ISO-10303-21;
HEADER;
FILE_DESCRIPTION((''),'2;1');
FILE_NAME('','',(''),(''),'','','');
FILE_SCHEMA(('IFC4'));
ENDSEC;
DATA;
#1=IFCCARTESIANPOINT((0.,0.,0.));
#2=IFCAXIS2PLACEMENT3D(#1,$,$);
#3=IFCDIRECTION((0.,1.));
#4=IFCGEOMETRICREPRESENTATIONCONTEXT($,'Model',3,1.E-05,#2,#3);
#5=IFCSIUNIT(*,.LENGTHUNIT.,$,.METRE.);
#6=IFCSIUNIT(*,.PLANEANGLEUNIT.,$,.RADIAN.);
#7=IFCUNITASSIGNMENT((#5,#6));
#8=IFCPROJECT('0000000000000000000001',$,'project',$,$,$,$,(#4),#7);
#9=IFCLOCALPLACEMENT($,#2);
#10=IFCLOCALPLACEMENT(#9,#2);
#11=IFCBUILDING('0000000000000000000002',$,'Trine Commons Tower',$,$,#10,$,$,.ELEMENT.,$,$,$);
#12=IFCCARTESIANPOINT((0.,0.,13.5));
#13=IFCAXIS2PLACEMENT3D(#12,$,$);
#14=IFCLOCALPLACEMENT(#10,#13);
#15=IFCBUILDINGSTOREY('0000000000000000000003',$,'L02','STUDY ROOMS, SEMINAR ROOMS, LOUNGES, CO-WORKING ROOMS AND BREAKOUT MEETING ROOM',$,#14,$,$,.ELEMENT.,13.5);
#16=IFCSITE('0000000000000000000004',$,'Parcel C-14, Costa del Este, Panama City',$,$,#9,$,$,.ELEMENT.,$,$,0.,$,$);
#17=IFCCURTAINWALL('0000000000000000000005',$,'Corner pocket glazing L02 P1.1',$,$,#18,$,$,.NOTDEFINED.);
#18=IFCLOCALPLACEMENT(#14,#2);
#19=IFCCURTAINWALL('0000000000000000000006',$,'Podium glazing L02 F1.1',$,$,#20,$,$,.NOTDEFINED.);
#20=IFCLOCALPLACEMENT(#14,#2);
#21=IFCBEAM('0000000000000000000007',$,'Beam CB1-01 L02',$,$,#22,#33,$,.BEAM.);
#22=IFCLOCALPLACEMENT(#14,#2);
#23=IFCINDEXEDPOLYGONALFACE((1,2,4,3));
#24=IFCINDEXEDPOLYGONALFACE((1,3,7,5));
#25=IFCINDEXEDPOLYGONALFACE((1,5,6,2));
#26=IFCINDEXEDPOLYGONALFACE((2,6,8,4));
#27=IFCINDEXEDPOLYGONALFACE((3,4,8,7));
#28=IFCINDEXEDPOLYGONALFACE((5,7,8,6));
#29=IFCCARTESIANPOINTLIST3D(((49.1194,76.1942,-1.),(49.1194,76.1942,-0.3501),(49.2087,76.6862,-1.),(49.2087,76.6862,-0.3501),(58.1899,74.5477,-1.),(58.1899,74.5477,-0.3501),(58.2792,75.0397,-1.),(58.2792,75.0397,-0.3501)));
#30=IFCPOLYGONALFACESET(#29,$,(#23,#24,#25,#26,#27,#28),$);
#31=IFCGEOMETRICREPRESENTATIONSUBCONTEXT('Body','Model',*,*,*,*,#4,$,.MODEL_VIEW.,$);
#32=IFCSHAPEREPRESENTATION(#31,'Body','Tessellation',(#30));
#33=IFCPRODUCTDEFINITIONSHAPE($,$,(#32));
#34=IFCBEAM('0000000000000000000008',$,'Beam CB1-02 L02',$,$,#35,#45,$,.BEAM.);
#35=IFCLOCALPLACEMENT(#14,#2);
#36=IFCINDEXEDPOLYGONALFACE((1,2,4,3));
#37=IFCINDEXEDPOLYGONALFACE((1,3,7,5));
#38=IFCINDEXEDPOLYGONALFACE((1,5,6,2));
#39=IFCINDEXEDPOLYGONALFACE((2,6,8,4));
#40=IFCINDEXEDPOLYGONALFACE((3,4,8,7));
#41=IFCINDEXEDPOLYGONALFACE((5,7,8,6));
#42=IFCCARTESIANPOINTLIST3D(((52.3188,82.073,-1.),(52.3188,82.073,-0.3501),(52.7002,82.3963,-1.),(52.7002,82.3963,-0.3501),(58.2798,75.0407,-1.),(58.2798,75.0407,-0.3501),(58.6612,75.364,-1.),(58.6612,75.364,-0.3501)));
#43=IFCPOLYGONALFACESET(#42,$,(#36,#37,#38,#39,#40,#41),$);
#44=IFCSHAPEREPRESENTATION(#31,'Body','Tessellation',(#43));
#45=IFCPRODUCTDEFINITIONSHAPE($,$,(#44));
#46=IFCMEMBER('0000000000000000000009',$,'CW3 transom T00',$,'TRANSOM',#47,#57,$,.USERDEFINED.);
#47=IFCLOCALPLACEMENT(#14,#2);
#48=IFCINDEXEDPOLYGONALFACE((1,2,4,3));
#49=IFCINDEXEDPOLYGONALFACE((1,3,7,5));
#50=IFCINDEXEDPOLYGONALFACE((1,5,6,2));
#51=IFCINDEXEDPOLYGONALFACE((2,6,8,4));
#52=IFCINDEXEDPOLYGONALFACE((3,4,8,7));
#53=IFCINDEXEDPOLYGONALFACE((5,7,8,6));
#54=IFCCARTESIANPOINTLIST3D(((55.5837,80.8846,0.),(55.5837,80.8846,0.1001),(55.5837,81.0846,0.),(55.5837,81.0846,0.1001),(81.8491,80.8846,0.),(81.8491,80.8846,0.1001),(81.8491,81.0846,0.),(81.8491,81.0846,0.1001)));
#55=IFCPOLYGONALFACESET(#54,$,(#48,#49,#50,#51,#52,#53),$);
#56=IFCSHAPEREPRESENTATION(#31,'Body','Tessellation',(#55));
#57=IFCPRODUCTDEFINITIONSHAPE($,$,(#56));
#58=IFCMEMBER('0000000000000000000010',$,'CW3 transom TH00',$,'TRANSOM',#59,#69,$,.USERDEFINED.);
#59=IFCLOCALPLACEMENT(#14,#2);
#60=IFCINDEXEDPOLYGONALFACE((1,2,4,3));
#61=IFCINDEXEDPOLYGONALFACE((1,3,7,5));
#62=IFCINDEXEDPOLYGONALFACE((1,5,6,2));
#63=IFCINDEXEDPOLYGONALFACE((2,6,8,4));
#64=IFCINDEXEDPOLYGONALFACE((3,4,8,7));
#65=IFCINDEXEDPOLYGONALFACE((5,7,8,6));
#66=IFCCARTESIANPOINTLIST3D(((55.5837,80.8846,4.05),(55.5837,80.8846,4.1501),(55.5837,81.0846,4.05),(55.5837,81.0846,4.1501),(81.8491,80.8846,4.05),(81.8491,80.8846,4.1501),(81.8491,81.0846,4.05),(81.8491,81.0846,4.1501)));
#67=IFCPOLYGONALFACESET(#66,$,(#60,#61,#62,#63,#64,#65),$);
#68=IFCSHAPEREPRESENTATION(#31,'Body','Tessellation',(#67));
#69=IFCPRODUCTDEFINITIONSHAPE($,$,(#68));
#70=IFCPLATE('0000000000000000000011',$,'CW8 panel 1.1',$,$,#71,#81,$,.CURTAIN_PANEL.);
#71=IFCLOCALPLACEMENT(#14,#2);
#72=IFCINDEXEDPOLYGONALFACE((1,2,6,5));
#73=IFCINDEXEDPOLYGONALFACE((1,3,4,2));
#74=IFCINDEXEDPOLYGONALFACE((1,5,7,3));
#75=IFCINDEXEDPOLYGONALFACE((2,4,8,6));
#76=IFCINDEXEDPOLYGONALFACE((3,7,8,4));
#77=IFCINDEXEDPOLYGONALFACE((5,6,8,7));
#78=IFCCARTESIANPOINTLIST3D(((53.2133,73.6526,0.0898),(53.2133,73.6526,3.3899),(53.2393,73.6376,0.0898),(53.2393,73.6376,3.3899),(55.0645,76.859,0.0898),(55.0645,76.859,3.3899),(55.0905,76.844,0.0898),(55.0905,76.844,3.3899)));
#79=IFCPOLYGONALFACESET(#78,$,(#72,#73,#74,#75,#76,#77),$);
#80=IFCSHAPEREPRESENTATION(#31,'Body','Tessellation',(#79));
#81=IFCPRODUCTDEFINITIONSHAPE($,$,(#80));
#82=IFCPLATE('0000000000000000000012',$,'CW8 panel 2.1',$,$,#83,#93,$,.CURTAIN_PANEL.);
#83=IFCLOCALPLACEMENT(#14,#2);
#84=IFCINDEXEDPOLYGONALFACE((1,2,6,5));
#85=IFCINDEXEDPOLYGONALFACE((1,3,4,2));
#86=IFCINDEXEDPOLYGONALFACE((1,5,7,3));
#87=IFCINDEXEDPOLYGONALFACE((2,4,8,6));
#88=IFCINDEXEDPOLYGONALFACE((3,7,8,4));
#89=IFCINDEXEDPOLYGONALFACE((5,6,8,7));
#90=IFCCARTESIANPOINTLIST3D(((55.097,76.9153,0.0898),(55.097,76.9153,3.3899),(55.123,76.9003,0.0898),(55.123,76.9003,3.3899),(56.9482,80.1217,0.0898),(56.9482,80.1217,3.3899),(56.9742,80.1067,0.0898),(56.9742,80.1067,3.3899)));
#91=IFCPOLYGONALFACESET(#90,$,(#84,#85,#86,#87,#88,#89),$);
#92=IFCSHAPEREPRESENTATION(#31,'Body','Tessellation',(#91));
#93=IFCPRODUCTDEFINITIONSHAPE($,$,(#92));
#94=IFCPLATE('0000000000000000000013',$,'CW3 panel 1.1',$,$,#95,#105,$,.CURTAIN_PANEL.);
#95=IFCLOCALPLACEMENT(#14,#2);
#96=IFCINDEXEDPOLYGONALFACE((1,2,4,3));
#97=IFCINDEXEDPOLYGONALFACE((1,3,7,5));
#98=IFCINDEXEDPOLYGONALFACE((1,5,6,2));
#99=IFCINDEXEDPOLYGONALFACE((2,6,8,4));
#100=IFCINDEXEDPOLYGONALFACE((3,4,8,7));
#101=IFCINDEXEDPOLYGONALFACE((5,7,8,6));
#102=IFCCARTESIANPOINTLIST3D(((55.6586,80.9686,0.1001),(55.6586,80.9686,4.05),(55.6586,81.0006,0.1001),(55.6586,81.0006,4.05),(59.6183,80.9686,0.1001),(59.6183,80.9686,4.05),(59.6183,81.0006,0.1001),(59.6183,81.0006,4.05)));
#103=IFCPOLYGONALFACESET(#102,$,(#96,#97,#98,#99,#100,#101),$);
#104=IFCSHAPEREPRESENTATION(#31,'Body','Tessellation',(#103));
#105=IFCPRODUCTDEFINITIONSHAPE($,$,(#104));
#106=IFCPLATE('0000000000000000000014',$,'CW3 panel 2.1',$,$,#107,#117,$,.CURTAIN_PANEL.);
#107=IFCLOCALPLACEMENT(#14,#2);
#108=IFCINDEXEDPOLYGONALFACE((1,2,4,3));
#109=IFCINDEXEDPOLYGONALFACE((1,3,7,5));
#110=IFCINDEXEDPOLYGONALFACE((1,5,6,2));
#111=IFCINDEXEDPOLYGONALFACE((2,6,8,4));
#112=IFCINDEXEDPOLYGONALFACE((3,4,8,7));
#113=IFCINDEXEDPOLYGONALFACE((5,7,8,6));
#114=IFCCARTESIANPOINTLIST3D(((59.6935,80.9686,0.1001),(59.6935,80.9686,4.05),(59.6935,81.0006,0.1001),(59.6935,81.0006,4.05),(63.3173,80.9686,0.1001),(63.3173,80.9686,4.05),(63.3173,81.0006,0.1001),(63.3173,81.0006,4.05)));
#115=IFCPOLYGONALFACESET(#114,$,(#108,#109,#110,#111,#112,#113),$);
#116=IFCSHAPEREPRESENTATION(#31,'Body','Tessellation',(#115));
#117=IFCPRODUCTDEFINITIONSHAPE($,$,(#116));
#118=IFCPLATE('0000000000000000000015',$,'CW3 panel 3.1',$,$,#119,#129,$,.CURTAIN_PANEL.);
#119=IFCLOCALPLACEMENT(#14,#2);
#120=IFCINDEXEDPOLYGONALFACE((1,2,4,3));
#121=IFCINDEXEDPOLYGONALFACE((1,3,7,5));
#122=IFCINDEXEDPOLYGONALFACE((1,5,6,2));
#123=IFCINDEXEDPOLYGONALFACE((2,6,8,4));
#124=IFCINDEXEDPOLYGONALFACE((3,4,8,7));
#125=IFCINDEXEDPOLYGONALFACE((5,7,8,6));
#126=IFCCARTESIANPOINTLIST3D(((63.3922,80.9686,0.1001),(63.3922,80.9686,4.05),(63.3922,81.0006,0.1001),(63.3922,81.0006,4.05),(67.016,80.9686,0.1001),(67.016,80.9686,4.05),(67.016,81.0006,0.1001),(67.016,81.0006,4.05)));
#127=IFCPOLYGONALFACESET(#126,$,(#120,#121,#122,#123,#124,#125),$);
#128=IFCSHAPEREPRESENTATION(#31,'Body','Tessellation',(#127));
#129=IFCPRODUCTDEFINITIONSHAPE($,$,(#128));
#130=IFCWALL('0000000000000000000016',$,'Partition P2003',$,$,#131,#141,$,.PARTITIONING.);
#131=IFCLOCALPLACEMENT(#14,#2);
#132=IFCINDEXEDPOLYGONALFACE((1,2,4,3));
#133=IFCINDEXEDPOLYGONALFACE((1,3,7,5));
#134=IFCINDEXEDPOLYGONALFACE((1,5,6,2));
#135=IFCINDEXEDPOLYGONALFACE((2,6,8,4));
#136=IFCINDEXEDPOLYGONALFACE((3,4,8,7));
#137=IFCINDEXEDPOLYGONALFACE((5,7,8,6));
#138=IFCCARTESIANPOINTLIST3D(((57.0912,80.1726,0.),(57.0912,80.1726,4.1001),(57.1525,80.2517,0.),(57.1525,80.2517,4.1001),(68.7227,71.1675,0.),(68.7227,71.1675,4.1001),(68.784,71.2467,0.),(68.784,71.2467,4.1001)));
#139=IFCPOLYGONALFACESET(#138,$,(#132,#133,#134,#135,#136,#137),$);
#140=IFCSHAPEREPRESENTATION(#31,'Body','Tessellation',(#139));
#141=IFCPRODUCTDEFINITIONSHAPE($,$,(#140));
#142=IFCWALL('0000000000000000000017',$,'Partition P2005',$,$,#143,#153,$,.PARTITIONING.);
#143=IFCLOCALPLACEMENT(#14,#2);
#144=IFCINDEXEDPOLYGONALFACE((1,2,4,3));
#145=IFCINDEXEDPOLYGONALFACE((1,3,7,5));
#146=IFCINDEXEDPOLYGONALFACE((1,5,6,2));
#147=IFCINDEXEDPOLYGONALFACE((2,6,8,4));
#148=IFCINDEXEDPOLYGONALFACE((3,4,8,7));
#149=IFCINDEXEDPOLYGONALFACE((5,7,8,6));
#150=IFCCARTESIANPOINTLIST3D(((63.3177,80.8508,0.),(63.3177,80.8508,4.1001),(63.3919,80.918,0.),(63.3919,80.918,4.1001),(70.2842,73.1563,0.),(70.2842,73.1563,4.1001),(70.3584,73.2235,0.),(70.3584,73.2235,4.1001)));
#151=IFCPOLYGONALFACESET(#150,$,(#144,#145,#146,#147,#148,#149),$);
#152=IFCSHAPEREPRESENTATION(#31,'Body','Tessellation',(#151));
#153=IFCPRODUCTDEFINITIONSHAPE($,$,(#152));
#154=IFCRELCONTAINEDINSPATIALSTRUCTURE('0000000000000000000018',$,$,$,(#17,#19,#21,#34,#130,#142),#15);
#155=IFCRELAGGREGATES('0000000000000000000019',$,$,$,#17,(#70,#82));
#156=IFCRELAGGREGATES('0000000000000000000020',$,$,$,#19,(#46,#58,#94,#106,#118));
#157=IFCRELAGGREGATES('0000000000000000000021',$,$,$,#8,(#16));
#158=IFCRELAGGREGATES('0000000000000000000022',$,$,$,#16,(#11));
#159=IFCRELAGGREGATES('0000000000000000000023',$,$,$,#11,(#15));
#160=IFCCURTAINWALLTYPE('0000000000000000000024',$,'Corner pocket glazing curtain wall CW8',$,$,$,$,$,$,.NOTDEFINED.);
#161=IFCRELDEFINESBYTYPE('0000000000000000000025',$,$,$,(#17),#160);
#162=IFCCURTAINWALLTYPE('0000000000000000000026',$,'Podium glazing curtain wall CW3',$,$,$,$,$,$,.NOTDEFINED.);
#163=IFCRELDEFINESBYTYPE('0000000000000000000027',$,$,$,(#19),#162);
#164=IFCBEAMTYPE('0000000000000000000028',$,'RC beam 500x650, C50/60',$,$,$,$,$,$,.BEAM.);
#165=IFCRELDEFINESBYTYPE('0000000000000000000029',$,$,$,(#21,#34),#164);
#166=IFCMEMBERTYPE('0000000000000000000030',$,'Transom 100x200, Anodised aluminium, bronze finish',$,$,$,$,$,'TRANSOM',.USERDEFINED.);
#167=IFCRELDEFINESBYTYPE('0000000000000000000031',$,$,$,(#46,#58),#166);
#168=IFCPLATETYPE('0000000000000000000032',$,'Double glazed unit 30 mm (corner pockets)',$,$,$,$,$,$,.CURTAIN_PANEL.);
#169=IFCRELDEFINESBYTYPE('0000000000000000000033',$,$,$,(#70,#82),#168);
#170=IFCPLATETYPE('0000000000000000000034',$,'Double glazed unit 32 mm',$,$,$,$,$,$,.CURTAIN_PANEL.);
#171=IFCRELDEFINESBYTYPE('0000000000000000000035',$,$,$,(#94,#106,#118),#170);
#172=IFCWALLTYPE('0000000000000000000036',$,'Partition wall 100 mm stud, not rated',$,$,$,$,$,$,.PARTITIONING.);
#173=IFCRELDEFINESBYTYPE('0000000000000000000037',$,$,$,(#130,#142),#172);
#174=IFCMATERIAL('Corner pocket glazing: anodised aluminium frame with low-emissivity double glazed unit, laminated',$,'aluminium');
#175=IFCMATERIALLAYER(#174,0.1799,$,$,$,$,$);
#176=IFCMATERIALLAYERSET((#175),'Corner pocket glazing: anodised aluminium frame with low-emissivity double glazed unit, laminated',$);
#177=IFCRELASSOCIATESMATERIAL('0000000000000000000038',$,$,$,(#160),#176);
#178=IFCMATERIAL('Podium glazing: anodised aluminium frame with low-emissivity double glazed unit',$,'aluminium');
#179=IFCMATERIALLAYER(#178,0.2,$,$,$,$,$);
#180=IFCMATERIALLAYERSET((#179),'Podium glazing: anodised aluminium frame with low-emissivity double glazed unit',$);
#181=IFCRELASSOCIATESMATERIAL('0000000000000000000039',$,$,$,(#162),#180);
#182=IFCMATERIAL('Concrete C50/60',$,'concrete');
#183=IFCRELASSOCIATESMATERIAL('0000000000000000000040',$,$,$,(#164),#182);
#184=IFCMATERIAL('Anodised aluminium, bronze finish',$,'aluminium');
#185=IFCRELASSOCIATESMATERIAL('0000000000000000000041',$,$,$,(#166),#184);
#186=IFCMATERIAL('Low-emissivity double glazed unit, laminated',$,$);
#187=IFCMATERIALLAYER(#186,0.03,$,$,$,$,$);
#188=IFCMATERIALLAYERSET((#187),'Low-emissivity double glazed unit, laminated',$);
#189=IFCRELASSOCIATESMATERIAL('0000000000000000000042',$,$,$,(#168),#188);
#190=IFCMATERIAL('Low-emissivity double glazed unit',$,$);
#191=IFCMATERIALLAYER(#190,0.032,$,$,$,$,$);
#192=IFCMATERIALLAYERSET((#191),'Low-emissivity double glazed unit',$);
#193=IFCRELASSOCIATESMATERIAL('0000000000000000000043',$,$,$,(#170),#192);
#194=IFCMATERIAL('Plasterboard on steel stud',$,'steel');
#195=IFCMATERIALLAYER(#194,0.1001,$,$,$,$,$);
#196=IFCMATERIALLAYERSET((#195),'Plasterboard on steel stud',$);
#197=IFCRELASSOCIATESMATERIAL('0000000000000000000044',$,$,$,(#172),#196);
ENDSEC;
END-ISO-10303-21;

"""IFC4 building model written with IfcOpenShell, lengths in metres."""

from ifc_helpers import new_model, si_unit, direction, frame, frame_2d, origin, origin_2d, place, context, subcontext, project, spatial, rectangle, extrude, material, layer, layer_set, material_profile, profile_set, type_object, element, aggregate, save


model = new_model("IFC4")

# Units and contexts
model_context = context("Model", 3, precision=1e-05, world=origin(), true_north=direction((0.0, 1.0)))
body_context = subcontext(model_context, "Body", "Model", "MODEL_VIEW")
ifc_project = project(units=[si_unit("LENGTHUNIT", "METRE"), si_unit("PLANEANGLEUNIT", "RADIAN")], contexts=[model_context])

# Site, building, storey
site_placement = place(None, origin())
site = spatial("IfcSite", under=ifc_project, at=site_placement, Name="Parcel C-14, Costa del Este, Panama City", CompositionType="ELEMENT", RefElevation=0.0)
building_placement = place(site_placement, origin())
building = spatial("IfcBuilding", under=site, at=building_placement, Name="Trine Commons Tower", CompositionType="ELEMENT")
storey_placement = place(building_placement, frame((0.0, 0.0, 13.5)))
storey = spatial("IfcBuildingStorey", under=building, at=storey_placement, Name="L02", Description="STUDY ROOMS, SEMINAR ROOMS, LOUNGES, CO-WORKING ROOMS AND BREAKOUT MEETING ROOM", CompositionType="ELEMENT", Elevation=13.5)

# Curtain walls
ifc_material_1 = material(Name="Corner pocket glazing: anodised aluminium frame with low-emissivity double glazed unit, laminated", Category="aluminium")
ifc_layer_1 = layer(ifc_material_1, 0.1799)
ifc_layer_set_1 = layer_set([ifc_layer_1], Name="Corner pocket glazing: anodised aluminium frame with low-emissivity double glazed unit, laminated")
curtain_wall_type_1 = type_object("IfcCurtainWallType", Name="Corner pocket glazing curtain wall CW8", PredefinedType="NOTDEFINED", material=ifc_layer_set_1)
curtain_wall_1_placement = place(storey_placement, origin())
curtain_wall_1 = element("IfcCurtainWall", 1, at=curtain_wall_1_placement, inside=storey, type_object=curtain_wall_type_1, Name="Corner pocket glazing L02 P1.1", PredefinedType="NOTDEFINED")
ifc_material_2 = material(Name="Anodised aluminium, bronze finish", Category="aluminium")
ifc_material_3 = material(Name="Podium glazing: anodised aluminium frame with low-emissivity double glazed unit", Category="aluminium")
ifc_layer_2 = layer(ifc_material_3, 0.2)
ifc_layer_set_2 = layer_set([ifc_layer_2], Name="Podium glazing: anodised aluminium frame with low-emissivity double glazed unit")
curtain_wall_type_2 = type_object("IfcCurtainWallType", Name="Podium glazing curtain wall CW3", PredefinedType="NOTDEFINED", material=ifc_layer_set_2)
curtain_wall_2_placement = place(storey_placement, origin())
curtain_wall_2 = element("IfcCurtainWall", 2, at=curtain_wall_2_placement, inside=storey, type_object=curtain_wall_type_2, Name="Podium glazing L02 F1.1", PredefinedType="NOTDEFINED")

# Beams
ifc_material_4 = material(Name="Concrete C50/60", Category="concrete")
ifc_material_profile_1 = material_profile(ifc_material_4, rectangle(XDim=0.5, YDim=0.6499, at=origin_2d()), Name="RC 500x650")
ifc_profile_set_1 = profile_set([ifc_material_profile_1], Name="Concrete C50/60")
beam_type_1 = type_object("IfcBeamType", Name="RC beam 500x650, C50/60", PredefinedType="BEAM", material=ifc_profile_set_1)
for number, where, z_axis, x_axis, name in (
    (3, (49.1641, 76.4402, -0.675), (0.983922, -0.178601, 0.0), (0.178601, 0.983922, 0.0), "Beam CB1-01 L02"),
    (4, (52.5095, 82.2346, -0.675), (0.646612, -0.762819, 0.0), (0.762819, 0.646612, 0.0), "Beam CB1-02 L02"),
):
    element("IfcBeam", number, at=place(storey_placement, frame(where, z_axis=z_axis, x_axis=x_axis)), inside=storey, type_object=beam_type_1, Name=name, PredefinedType="BEAM", context=body_context, shape_type="SweptSolid", body=[
        extrude(rectangle(XDim=0.5, YDim=0.6499, at=origin_2d()), origin(), (0.0, 0.0, 1.0), 9.2188),
    ])

# Members
ifc_material_profile_2 = material_profile(ifc_material_2, rectangle(XDim=0.2, YDim=0.1001, at=origin_2d()), Name="Transom 100x200")
ifc_profile_set_2 = profile_set([ifc_material_profile_2], Name="Anodised aluminium, bronze finish")
member_type_1 = type_object("IfcMemberType", Name="Transom 100x200, Anodised aluminium, bronze finish", ElementType="TRANSOM", PredefinedType="USERDEFINED", material=ifc_profile_set_2)
member_1_placement = place(storey_placement, frame((55.5837, 80.9846, 0.05), z_axis=(1.0, 0.0, 0.0), x_axis=(0.0, 1.0, 0.0)))
member_1 = element("IfcMember", 5, at=member_1_placement, type_object=member_type_1, Name="CW3 transom T00", ObjectType="TRANSOM", PredefinedType="USERDEFINED", context=body_context, shape_type="SweptSolid", body=[
    extrude(rectangle(XDim=0.2, YDim=0.1001, at=origin_2d()), origin(), (0.0, 0.0, 1.0), 26.2654),
])
member_2_placement = place(storey_placement, frame((55.5837, 80.9846, 4.1001), z_axis=(1.0, 0.0, 0.0), x_axis=(0.0, 1.0, 0.0)))
member_2 = element("IfcMember", 6, at=member_2_placement, type_object=member_type_1, Name="CW3 transom TH00", ObjectType="TRANSOM", PredefinedType="USERDEFINED", context=body_context, shape_type="SweptSolid", body=[
    extrude(rectangle(XDim=0.2, YDim=0.1001, at=origin_2d()), origin(), (0.0, 0.0, 1.0), 26.2654),
])

# Plates
ifc_material_5 = material(Name="Low-emissivity double glazed unit, laminated")
ifc_layer_3 = layer(ifc_material_5, 0.03)
ifc_layer_set_3 = layer_set([ifc_layer_3], Name="Low-emissivity double glazed unit, laminated")
plate_type_1 = type_object("IfcPlateType", Name="Double glazed unit 30 mm (corner pockets)", PredefinedType="CURTAIN_PANEL", material=ifc_layer_set_3)
plate_1_placement = place(storey_placement, frame((54.1519, 75.2483, 0.0898), z_axis=(0.0, 0.0, 1.0), x_axis=(0.5, 0.866025, 0.0)))
plate_1 = element("IfcPlate", 7, at=plate_1_placement, type_object=plate_type_1, Name="CW8 panel 1.1", PredefinedType="CURTAIN_PANEL", context=body_context, shape_type="SweptSolid", body=[
    extrude(rectangle(XDim=3.7024, YDim=0.03, at=origin_2d()), origin(), (0.0, 0.0, 1.0), 3.3),
])
plate_2_placement = place(storey_placement, frame((56.0356, 78.511, 0.0898), z_axis=(0.0, 0.0, 1.0), x_axis=(0.5, 0.866025, 0.0)))
plate_2 = element("IfcPlate", 8, at=plate_2_placement, type_object=plate_type_1, Name="CW8 panel 2.1", PredefinedType="CURTAIN_PANEL", context=body_context, shape_type="SweptSolid", body=[
    extrude(rectangle(XDim=3.7024, YDim=0.03, at=origin_2d()), origin(), (0.0, 0.0, 1.0), 3.3),
])
aggregate(curtain_wall_1, [plate_1, plate_2])
ifc_material_6 = material(Name="Low-emissivity double glazed unit")
ifc_layer_4 = layer(ifc_material_6, 0.032)
ifc_layer_set_4 = layer_set([ifc_layer_4], Name="Low-emissivity double glazed unit")
plate_type_2 = type_object("IfcPlateType", Name="Double glazed unit 32 mm", PredefinedType="CURTAIN_PANEL", material=ifc_layer_set_4)
plate_3_placement = place(storey_placement, frame((57.6384, 80.9846, 0.1001), z_axis=(0.0, 0.0, 1.0), x_axis=(1.0, 0.0, 0.0)))
plate_3 = element("IfcPlate", 9, at=plate_3_placement, type_object=plate_type_2, Name="CW3 panel 1.1", PredefinedType="CURTAIN_PANEL", context=body_context, shape_type="SweptSolid", body=[
    extrude(rectangle(XDim=3.9597, YDim=0.032, at=origin_2d()), origin(), (0.0, 0.0, 1.0), 3.95),
])
plate_4_placement = place(storey_placement, frame((61.5054, 80.9846, 0.1001), z_axis=(0.0, 0.0, 1.0), x_axis=(1.0, 0.0, 0.0)))
plate_4 = element("IfcPlate", 10, at=plate_4_placement, type_object=plate_type_2, Name="CW3 panel 2.1", PredefinedType="CURTAIN_PANEL", context=body_context, shape_type="SweptSolid", body=[
    extrude(rectangle(XDim=3.6238, YDim=0.032, at=origin_2d()), origin(), (0.0, 0.0, 1.0), 3.95),
])
plate_5_placement = place(storey_placement, frame((65.2041, 80.9846, 0.1001), z_axis=(0.0, 0.0, 1.0), x_axis=(1.0, 0.0, 0.0)))
plate_5 = element("IfcPlate", 11, at=plate_5_placement, type_object=plate_type_2, Name="CW3 panel 3.1", PredefinedType="CURTAIN_PANEL", context=body_context, shape_type="SweptSolid", body=[
    extrude(rectangle(XDim=3.6238, YDim=0.032, at=origin_2d()), origin(), (0.0, 0.0, 1.0), 3.95),
])
aggregate(curtain_wall_2, [member_1, member_2, plate_3, plate_4, plate_5])

# Walls
ifc_material_7 = material(Name="Plasterboard on steel stud", Category="steel")
ifc_layer_5 = layer(ifc_material_7, 0.1001)
ifc_layer_set_5 = layer_set([ifc_layer_5], Name="Plasterboard on steel stud")
wall_type_1 = type_object("IfcWallType", Name="Partition wall 100 mm stud, not rated", PredefinedType="PARTITIONING", material=ifc_layer_set_5)
wall_1_placement = place(storey_placement, frame((57.1218, 80.2122, 0.0), z_axis=(0.0, 0.0, 1.0), x_axis=(0.790723, -0.612174, 0.0)))
element("IfcWall", 12, at=wall_1_placement, inside=storey, type_object=wall_type_1, Name="Partition P2003", PredefinedType="PARTITIONING", context=body_context, shape_type="SweptSolid", body=[
    extrude(rectangle(XDim=14.71, YDim=0.1001, at=frame_2d((7.355, 0.0))), origin(), (0.0, 0.0, 1.0), 4.1001),
])
wall_2_placement = place(storey_placement, frame((63.3547, 80.8845, 0.0), z_axis=(0.0, 0.0, 1.0), x_axis=(0.671167, -0.741306, 0.0)))
element("IfcWall", 13, at=wall_2_placement, inside=storey, type_object=wall_type_1, Name="Partition P2005", PredefinedType="PARTITIONING", context=body_context, shape_type="SweptSolid", body=[
    extrude(rectangle(XDim=10.3796, YDim=0.1001, at=frame_2d((5.1899, 0.0))), origin(), (0.0, 0.0, 1.0), 4.1001),
])

save(model, "model.ifc")
